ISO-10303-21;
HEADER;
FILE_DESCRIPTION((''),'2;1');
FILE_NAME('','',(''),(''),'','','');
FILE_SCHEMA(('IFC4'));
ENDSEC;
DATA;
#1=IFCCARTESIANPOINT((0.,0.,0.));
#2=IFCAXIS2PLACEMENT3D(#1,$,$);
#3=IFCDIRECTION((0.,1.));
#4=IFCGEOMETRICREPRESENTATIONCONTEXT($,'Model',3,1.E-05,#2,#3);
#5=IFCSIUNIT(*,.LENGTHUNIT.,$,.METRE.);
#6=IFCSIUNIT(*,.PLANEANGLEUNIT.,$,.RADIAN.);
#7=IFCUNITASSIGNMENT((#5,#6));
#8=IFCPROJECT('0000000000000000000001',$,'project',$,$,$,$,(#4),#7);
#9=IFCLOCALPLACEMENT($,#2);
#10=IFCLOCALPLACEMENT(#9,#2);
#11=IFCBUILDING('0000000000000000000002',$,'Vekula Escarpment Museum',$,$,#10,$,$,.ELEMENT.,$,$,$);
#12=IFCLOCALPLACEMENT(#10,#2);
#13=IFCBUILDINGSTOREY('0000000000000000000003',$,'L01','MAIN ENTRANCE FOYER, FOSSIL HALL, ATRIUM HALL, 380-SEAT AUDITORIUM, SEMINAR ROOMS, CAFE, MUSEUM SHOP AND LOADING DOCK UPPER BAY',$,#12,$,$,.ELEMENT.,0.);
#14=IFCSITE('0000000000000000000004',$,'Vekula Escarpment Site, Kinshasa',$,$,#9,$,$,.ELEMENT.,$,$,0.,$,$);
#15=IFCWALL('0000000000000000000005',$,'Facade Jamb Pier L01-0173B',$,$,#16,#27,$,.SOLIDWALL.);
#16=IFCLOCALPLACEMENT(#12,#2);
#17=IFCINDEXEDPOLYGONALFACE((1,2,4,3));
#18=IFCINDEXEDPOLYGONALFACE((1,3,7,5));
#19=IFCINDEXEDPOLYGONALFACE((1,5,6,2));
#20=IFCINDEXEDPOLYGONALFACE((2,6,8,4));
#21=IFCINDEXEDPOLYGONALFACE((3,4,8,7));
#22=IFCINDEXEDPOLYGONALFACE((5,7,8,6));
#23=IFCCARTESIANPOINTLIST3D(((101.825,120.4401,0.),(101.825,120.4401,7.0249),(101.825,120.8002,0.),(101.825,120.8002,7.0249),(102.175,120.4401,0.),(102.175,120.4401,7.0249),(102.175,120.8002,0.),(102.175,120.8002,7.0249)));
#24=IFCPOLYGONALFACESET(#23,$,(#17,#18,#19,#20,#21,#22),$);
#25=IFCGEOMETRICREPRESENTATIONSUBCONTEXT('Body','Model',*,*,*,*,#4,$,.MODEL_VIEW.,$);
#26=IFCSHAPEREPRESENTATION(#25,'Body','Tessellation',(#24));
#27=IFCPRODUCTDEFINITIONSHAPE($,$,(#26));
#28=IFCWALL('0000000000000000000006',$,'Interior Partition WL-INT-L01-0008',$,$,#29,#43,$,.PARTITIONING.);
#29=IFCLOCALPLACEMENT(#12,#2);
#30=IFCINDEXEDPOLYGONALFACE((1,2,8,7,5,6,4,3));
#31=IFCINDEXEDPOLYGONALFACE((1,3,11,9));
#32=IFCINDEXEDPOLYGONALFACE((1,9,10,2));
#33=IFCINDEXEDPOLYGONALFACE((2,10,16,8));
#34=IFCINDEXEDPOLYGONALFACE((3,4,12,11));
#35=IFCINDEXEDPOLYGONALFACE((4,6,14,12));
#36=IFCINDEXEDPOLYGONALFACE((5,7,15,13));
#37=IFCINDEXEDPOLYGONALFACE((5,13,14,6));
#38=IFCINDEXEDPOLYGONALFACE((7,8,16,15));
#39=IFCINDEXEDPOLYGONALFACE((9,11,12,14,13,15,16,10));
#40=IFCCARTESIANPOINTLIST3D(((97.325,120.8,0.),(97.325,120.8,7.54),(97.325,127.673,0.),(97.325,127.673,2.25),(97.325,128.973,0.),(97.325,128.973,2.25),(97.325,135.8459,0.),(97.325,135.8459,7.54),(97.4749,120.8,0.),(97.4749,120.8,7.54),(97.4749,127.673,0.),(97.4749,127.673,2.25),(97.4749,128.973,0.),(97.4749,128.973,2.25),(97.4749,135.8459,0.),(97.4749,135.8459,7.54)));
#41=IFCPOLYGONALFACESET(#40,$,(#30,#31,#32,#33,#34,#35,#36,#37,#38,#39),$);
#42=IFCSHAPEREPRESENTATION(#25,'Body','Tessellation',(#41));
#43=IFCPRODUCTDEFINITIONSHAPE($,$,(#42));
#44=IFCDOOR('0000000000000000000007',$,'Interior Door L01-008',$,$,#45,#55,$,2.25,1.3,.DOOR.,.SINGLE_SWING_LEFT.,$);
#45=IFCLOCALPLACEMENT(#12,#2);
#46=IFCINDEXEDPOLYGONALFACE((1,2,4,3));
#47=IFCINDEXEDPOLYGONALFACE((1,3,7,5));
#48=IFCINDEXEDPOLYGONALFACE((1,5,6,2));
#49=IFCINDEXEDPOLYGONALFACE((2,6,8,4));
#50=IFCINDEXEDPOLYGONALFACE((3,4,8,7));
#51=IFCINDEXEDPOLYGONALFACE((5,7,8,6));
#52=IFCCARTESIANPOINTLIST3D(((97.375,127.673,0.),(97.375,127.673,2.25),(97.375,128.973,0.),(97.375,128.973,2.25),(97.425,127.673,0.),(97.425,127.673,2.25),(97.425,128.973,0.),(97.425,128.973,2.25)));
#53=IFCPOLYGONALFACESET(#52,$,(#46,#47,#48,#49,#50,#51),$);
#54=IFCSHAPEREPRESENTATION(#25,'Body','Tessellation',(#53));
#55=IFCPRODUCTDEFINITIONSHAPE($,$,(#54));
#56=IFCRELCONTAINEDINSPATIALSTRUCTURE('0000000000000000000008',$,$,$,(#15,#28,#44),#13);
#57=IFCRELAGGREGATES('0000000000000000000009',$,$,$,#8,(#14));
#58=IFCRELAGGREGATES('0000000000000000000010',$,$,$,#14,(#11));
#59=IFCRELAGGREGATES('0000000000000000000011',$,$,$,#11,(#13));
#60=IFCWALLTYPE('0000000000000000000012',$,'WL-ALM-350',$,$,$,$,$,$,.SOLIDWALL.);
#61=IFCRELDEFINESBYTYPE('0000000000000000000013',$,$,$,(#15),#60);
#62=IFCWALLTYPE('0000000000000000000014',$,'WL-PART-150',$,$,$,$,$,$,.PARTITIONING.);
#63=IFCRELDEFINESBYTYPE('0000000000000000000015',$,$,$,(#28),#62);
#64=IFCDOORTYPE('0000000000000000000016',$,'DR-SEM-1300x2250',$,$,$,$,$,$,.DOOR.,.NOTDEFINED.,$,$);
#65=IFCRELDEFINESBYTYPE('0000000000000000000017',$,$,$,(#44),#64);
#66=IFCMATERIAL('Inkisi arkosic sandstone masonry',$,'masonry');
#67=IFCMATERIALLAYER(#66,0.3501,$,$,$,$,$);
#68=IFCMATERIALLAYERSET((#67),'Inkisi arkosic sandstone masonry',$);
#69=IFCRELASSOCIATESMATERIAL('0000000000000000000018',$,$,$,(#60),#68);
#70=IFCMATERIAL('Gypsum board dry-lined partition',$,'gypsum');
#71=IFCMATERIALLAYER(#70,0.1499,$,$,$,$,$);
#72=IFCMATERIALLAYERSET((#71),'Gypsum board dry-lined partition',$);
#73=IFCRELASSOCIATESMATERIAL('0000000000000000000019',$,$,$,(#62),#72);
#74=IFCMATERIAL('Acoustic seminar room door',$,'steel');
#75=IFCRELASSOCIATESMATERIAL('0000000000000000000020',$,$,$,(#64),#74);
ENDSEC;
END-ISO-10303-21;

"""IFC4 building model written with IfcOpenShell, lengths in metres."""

from ifc_helpers import new_model, si_unit, direction, frame, frame_2d, origin, place, context, subcontext, project, spatial, rectangle, extrude, material, layer, layer_set, type_object, element, fill, save


model = new_model("IFC4")

# Units and contexts
model_context = context("Model", 3, precision=1e-05, world=origin(), true_north=direction((0.0, 1.0)))
body_context = subcontext(model_context, "Body", "Model", "MODEL_VIEW")
ifc_project = project(units=[si_unit("LENGTHUNIT", "METRE"), si_unit("PLANEANGLEUNIT", "RADIAN")], contexts=[model_context])

# Site, building, storey
site_placement = place(None, origin())
site = spatial("IfcSite", under=ifc_project, at=site_placement, Name="Vekula Escarpment Site, Kinshasa", CompositionType="ELEMENT", RefElevation=0.0)
building_placement = place(site_placement, origin())
building = spatial("IfcBuilding", under=site, at=building_placement, Name="Vekula Escarpment Museum", CompositionType="ELEMENT")
storey_placement = place(building_placement, origin())
storey = spatial("IfcBuildingStorey", under=building, at=storey_placement, Name="L01", Description="MAIN ENTRANCE FOYER, FOSSIL HALL, ATRIUM HALL, 380-SEAT AUDITORIUM, SEMINAR ROOMS, CAFE, MUSEUM SHOP AND LOADING DOCK UPPER BAY", CompositionType="ELEMENT", Elevation=0.0)

# Wall
ifc_material_1 = material(Name="Inkisi arkosic sandstone masonry", Category="masonry")
ifc_layer_1 = layer(ifc_material_1, 0.3501)
ifc_layer_set_1 = layer_set([ifc_layer_1], Name="Inkisi arkosic sandstone masonry")
wall_type_1 = type_object("IfcWallType", Name="WL-ALM-350", PredefinedType="SOLIDWALL", material=ifc_layer_set_1)
wall_1_placement = place(storey_placement, frame((102.0, 120.4399, 0.0), z_axis=(0.0, 0.0, 1.0), x_axis=(0.0, 1.0, 0.0)))
element("IfcWall", 1, at=wall_1_placement, inside=storey, type_object=wall_type_1, Name="Facade Jamb Pier L01-0173B", PredefinedType="SOLIDWALL", context=body_context, shape_type="SweptSolid", body=[
    extrude(rectangle(XDim=0.3601, YDim=0.3501, at=frame_2d((0.1802, 0.0))), origin(), (0.0, 0.0, 1.0), 7.0249),
])

# Wall, opening, door
ifc_material_2 = material(Name="Gypsum board dry-lined partition", Category="gypsum")
ifc_layer_2 = layer(ifc_material_2, 0.1499)
ifc_layer_set_2 = layer_set([ifc_layer_2], Name="Gypsum board dry-lined partition")
wall_type_2 = type_object("IfcWallType", Name="WL-PART-150", PredefinedType="PARTITIONING", material=ifc_layer_set_2)
wall_2_placement = place(storey_placement, frame((97.3999, 120.8, 0.0), z_axis=(0.0, 0.0, 1.0), x_axis=(0.0, 1.0, 0.0)))
wall_2 = element("IfcWall", 2, at=wall_2_placement, inside=storey, type_object=wall_type_2, Name="Interior Partition WL-INT-L01-0008", PredefinedType="PARTITIONING", context=body_context, shape_type="SweptSolid", body=[
    extrude(rectangle(XDim=15.0459, YDim=0.1499, at=frame_2d((7.5229, 0.0))), origin(), (0.0, 0.0, 1.0), 7.54),
])
opening_placement = place(wall_2_placement, frame((6.873, 0.0, 0.0)))
opening = element("IfcOpeningElement", 3, at=opening_placement, cuts=wall_2, PredefinedType="OPENING", context=body_context, shape_type="SweptSolid", body=[
    extrude(rectangle(XDim=1.3, YDim=2.25, at=frame_2d((0.6499, 1.125))), frame((0.0, 0.085, 0.0), z_axis=(0.0, -1.0, 0.0), x_axis=(1.0, 0.0, 0.0)), (0.0, 0.0, 1.0), 0.1699),
])
ifc_material_3 = material(Name="Acoustic seminar room door", Category="steel")
door_type = type_object("IfcDoorType", Name="DR-SEM-1300x2250", OperationType="NOTDEFINED", PredefinedType="DOOR", material=ifc_material_3)
door_placement = place(opening_placement, origin())
door = element("IfcDoor", 4, at=door_placement, inside=storey, type_object=door_type, Name="Interior Door L01-008", OperationType="SINGLE_SWING_LEFT", OverallHeight=2.25, OverallWidth=1.3, PredefinedType="DOOR", context=body_context, shape_type="SweptSolid", body=[
    extrude(rectangle(XDim=1.3, YDim=2.25, at=frame_2d((0.6499, 1.125))), frame((0.0, 0.0249, 0.0), z_axis=(0.0, -1.0, 0.0), x_axis=(1.0, 0.0, 0.0)), (0.0, 0.0, 1.0), 0.05),
])
fill(opening, door)

save(model, "model.ifc")
